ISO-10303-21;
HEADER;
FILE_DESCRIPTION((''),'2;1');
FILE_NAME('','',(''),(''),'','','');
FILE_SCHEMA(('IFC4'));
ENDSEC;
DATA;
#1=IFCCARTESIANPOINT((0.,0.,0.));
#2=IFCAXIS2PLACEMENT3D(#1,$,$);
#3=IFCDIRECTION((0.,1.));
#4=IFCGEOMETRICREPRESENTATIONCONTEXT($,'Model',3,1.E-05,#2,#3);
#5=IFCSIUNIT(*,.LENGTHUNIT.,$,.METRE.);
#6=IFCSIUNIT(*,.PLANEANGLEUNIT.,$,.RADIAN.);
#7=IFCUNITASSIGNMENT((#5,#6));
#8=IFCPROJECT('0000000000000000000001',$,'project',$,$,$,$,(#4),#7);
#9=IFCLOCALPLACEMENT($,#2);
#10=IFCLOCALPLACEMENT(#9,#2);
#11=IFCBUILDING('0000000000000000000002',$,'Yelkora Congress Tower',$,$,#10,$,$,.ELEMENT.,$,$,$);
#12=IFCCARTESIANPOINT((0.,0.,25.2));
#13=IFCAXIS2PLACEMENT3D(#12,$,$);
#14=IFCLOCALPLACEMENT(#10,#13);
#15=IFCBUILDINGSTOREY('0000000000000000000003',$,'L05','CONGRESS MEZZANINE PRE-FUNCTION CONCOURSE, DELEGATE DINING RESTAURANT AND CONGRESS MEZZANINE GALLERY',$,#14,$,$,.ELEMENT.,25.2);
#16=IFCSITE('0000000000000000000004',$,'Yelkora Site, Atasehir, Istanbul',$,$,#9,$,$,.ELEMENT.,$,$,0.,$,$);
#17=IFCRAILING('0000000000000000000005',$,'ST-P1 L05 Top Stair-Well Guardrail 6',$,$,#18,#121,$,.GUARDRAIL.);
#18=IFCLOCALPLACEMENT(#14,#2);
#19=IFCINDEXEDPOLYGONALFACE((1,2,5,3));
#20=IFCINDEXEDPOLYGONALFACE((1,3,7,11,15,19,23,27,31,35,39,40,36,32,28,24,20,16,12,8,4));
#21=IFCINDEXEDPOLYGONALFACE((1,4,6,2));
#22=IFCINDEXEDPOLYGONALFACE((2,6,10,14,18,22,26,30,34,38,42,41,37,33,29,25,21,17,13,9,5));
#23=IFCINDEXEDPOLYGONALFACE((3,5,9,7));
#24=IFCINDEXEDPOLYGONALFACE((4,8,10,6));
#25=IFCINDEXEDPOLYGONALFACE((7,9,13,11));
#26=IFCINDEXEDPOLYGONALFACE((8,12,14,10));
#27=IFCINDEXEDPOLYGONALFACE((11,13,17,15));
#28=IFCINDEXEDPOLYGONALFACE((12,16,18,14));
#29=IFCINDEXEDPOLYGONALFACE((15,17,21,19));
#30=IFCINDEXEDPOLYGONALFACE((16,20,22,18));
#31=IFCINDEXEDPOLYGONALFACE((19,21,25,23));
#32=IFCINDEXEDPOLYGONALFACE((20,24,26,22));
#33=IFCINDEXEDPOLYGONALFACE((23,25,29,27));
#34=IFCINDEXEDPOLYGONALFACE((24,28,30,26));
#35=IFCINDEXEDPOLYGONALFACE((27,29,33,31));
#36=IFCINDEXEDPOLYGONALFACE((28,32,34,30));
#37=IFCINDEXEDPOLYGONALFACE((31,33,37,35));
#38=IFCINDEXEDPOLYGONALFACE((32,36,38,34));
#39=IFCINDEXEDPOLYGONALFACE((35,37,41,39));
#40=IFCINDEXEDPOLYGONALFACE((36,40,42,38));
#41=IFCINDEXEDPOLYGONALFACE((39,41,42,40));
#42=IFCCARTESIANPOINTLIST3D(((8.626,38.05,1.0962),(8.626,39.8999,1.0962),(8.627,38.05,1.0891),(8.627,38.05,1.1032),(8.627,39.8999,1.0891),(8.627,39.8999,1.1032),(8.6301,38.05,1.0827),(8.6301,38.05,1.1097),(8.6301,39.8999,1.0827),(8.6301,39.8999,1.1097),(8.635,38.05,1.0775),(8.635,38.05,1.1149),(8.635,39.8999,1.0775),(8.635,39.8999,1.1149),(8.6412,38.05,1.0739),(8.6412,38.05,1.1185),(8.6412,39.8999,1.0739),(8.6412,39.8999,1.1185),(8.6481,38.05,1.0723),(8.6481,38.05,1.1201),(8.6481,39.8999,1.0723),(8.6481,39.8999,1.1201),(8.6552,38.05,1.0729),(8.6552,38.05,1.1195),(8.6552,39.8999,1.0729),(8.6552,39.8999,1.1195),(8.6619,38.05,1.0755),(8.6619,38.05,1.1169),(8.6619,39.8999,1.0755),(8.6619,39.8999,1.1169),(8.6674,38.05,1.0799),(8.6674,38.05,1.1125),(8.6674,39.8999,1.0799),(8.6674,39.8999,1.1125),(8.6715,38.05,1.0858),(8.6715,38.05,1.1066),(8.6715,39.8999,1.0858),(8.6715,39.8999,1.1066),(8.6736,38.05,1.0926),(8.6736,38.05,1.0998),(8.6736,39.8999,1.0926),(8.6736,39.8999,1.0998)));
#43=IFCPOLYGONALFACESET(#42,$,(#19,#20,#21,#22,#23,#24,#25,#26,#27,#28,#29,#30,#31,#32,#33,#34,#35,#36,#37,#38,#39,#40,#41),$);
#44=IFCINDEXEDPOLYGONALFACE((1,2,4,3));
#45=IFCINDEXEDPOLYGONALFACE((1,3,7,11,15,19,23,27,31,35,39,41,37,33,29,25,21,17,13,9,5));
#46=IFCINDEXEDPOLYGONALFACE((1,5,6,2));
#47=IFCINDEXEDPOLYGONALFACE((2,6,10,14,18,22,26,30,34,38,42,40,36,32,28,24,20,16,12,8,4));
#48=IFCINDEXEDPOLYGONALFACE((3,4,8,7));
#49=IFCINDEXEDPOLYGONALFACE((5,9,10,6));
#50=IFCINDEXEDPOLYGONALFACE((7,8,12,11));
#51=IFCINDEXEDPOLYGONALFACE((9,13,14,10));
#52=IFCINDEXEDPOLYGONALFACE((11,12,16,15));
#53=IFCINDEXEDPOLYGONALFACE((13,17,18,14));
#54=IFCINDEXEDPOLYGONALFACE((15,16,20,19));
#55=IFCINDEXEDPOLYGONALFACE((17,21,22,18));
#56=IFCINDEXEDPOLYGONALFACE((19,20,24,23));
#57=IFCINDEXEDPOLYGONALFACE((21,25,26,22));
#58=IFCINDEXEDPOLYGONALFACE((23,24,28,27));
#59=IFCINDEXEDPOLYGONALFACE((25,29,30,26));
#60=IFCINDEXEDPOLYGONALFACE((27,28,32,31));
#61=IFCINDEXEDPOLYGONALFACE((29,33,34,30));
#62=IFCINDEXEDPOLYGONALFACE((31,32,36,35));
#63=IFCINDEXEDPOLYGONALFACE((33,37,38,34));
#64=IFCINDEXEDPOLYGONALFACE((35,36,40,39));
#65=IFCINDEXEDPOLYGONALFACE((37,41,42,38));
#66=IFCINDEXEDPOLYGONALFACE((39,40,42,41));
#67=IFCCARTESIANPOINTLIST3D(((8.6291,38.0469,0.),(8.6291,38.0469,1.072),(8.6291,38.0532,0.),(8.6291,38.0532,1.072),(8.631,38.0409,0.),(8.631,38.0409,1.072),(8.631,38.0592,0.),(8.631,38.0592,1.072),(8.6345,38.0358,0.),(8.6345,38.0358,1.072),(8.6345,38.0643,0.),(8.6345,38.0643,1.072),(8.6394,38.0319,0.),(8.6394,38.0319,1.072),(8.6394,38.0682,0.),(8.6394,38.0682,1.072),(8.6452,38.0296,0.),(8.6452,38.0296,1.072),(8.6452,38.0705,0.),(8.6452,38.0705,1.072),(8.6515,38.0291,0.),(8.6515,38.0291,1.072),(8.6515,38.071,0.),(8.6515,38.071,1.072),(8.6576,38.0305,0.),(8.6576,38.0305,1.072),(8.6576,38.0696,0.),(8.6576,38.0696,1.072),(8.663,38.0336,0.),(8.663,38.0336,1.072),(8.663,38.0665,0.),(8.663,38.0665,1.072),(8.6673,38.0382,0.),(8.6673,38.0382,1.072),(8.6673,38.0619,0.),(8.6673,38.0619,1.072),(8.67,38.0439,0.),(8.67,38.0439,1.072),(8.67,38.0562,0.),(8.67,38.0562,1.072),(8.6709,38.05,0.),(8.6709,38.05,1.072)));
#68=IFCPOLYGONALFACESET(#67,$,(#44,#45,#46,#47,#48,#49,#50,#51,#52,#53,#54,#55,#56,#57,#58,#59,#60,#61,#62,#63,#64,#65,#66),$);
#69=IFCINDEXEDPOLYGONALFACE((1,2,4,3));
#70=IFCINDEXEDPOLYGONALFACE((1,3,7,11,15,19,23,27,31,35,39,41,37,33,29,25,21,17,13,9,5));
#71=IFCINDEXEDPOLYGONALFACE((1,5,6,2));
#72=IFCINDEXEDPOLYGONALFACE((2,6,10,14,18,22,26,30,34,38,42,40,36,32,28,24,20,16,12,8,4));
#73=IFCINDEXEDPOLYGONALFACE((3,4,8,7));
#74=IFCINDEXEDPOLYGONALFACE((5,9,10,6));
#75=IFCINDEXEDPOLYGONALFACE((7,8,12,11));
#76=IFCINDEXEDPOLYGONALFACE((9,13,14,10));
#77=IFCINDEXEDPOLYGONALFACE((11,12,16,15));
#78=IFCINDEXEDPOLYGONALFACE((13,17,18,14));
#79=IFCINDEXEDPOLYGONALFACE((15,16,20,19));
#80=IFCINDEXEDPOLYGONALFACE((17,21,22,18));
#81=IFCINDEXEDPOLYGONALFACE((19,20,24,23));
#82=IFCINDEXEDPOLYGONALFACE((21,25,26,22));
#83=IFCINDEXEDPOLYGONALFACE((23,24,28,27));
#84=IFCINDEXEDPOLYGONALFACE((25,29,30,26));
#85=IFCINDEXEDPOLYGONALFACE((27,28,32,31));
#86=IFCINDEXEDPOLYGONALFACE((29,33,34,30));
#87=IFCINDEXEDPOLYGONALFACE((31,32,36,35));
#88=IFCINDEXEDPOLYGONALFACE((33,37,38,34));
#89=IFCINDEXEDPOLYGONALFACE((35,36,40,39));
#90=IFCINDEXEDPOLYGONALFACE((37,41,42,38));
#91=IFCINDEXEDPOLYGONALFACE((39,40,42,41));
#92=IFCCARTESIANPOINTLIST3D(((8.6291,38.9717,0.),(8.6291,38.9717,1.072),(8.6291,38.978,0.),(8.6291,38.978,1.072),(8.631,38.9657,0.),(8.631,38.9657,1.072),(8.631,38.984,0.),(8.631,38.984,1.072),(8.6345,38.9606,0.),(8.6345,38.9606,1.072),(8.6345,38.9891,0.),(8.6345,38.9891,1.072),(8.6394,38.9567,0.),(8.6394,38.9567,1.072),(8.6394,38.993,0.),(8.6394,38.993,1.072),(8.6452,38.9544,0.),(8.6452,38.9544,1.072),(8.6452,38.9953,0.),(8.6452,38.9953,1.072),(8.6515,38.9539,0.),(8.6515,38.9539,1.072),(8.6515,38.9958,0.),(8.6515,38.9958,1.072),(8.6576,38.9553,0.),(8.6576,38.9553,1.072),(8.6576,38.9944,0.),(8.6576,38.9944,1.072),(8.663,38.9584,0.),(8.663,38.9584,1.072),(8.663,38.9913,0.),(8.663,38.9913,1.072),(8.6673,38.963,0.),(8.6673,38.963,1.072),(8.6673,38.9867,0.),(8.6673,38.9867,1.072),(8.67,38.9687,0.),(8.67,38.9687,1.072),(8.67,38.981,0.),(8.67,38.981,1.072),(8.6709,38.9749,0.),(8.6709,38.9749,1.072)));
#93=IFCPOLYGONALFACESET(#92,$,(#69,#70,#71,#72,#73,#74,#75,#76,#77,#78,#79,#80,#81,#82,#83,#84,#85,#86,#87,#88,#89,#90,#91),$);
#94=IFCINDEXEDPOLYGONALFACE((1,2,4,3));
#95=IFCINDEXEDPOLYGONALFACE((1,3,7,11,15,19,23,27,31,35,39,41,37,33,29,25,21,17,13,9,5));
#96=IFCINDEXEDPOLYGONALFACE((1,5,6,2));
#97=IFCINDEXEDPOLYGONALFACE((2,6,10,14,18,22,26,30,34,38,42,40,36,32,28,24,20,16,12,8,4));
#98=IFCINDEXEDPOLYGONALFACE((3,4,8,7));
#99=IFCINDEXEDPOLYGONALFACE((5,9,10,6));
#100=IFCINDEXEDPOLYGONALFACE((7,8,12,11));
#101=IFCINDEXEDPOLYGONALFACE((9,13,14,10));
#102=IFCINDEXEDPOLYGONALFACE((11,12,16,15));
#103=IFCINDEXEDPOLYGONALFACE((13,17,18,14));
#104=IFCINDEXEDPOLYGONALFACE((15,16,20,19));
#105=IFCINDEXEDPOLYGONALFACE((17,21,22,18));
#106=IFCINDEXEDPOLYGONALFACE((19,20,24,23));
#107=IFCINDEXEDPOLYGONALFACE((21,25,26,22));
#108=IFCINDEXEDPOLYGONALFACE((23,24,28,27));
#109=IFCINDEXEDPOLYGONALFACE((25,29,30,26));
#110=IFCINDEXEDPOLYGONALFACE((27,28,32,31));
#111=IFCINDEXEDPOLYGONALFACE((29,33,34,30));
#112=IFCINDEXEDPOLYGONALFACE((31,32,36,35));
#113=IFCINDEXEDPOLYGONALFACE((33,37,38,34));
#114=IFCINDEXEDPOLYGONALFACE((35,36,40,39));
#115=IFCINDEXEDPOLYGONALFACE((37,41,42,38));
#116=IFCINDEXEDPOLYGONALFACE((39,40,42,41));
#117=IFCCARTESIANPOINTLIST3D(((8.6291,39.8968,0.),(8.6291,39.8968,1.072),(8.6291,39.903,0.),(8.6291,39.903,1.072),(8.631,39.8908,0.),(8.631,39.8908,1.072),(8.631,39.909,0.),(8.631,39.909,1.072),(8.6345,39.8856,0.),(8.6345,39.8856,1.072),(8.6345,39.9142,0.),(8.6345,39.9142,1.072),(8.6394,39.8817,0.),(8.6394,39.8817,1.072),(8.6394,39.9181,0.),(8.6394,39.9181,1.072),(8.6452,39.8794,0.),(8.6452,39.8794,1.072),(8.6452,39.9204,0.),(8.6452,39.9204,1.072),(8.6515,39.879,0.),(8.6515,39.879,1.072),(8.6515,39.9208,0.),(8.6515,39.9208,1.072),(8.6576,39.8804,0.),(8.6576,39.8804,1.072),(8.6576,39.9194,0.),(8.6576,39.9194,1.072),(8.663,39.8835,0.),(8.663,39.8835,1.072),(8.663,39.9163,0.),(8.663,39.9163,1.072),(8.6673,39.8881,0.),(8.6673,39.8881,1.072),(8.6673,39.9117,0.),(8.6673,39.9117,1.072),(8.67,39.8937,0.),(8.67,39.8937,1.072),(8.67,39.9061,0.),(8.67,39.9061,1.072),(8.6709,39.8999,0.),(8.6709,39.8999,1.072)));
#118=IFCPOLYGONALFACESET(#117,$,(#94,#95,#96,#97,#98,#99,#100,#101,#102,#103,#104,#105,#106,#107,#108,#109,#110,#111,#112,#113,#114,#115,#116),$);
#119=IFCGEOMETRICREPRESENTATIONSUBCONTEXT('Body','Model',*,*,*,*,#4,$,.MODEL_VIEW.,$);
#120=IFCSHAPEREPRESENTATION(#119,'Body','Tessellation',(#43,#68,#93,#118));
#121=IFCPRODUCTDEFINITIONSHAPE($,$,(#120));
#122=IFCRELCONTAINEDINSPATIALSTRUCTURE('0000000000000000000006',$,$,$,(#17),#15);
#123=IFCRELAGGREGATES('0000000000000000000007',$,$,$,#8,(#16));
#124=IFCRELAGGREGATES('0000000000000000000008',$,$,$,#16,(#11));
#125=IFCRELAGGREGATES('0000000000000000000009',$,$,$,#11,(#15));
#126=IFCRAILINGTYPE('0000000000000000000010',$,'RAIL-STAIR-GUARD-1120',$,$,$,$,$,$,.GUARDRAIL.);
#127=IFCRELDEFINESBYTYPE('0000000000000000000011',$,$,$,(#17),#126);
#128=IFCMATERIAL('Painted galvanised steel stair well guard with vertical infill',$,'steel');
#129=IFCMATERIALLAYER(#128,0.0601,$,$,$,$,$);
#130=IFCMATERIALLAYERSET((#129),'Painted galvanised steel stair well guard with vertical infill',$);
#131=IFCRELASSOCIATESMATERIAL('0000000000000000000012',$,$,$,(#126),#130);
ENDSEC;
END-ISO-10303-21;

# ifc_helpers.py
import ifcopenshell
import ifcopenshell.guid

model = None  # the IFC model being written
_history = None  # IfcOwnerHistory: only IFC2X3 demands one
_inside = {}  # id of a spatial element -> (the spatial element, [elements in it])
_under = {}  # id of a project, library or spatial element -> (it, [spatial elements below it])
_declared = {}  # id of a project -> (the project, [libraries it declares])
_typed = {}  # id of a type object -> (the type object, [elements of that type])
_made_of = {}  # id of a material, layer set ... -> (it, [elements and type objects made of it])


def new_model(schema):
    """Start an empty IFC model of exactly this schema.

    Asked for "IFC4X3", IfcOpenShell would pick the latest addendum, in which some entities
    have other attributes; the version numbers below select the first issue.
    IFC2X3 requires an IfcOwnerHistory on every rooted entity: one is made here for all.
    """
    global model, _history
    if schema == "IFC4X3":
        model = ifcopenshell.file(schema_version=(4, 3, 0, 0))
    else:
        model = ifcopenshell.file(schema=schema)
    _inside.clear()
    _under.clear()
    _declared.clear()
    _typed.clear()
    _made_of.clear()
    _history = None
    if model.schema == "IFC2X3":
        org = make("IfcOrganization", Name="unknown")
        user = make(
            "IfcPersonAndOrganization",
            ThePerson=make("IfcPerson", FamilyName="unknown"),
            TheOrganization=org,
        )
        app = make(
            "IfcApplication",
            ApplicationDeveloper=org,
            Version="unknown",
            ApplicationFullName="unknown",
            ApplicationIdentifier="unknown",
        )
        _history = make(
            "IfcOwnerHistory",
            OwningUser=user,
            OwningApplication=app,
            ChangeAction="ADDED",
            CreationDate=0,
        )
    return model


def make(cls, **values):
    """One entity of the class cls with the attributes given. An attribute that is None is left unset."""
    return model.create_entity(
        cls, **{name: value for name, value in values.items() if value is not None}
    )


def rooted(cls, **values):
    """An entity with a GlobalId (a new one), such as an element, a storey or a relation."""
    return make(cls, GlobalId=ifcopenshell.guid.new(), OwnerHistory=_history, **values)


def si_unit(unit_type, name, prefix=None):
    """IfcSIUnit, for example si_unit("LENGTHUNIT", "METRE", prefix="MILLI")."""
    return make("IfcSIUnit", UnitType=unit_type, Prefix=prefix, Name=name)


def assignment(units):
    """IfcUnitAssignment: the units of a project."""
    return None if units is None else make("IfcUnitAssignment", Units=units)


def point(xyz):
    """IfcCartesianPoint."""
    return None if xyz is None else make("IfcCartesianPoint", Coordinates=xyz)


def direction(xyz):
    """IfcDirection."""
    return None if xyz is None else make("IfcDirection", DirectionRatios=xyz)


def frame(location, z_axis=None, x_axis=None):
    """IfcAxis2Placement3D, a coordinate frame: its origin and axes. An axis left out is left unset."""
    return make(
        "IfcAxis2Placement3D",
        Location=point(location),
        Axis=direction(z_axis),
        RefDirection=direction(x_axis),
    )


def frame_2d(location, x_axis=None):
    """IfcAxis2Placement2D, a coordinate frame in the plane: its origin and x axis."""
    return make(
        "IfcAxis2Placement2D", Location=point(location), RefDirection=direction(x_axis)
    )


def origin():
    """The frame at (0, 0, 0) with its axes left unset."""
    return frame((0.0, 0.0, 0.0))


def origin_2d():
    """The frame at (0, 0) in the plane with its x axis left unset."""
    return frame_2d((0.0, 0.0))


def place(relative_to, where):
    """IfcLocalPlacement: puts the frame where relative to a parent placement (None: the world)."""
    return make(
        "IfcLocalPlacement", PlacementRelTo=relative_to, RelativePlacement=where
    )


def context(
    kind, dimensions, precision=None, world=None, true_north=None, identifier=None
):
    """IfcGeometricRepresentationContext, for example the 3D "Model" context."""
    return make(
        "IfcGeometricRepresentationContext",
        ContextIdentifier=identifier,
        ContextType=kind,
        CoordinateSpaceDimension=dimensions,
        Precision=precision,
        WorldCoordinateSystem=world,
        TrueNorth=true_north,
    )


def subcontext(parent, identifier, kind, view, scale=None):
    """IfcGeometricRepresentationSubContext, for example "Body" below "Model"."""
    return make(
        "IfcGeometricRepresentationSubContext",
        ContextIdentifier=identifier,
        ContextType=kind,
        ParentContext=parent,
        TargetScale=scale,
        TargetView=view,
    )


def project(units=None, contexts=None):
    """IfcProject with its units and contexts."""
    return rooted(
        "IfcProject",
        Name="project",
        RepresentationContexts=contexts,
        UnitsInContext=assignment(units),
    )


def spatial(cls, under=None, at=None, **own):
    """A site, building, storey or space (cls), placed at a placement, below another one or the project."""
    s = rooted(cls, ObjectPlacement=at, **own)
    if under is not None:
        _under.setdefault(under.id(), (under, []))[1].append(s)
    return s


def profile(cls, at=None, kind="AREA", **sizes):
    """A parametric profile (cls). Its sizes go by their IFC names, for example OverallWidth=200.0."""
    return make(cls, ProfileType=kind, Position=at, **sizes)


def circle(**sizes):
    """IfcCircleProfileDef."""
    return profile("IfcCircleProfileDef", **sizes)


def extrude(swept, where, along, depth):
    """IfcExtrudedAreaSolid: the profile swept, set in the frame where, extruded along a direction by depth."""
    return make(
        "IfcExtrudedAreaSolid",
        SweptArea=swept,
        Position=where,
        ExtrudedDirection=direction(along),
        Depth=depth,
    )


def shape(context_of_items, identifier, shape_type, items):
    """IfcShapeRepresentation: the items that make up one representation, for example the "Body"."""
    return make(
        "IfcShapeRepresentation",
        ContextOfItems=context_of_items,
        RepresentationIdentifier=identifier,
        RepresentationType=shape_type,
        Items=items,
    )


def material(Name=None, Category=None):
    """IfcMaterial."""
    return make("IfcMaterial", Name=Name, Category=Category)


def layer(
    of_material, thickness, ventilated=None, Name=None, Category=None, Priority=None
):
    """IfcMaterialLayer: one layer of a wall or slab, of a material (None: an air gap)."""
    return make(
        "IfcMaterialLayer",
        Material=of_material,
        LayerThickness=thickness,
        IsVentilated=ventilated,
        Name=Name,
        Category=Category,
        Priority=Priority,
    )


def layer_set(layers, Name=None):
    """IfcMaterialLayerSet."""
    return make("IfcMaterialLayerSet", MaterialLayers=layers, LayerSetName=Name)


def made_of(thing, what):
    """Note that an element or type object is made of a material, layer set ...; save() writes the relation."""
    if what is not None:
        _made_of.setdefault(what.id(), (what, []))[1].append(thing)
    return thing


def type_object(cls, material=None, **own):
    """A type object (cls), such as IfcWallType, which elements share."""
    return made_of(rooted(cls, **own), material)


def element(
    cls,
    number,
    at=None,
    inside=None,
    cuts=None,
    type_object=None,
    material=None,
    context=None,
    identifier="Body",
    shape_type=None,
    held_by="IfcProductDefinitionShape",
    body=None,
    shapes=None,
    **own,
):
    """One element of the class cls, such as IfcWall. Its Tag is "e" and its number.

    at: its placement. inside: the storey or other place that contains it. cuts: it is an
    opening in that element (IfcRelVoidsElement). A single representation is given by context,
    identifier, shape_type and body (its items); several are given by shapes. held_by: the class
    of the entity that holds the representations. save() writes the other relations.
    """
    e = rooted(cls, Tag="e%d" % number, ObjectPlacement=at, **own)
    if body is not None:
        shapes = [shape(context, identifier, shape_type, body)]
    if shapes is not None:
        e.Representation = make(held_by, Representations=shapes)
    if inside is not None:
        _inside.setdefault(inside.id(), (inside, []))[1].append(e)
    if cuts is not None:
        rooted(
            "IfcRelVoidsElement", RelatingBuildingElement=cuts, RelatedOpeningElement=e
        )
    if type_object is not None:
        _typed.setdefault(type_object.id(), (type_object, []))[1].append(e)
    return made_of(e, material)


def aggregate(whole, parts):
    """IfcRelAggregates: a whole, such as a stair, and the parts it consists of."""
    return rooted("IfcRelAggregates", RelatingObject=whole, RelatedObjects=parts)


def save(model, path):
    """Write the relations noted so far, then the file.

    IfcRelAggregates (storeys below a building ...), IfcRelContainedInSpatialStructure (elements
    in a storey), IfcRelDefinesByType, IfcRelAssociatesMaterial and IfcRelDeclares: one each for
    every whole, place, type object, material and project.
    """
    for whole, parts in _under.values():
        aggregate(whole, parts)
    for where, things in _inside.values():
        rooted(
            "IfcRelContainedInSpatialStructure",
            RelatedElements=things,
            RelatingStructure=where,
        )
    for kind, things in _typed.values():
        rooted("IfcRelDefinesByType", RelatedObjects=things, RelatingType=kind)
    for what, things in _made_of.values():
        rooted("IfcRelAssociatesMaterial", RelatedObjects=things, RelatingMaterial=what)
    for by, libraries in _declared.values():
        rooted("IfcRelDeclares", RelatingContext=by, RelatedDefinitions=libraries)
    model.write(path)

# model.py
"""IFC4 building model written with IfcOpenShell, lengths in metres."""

from ifc_helpers import new_model, si_unit, direction, frame, origin, origin_2d, place, context, subcontext, project, spatial, circle, extrude, material, layer, layer_set, type_object, element, save


model = new_model("IFC4")

# Units and contexts
model_context = context("Model", 3, precision=1e-05, world=origin(), true_north=direction((0.0, 1.0)))
body_context = subcontext(model_context, "Body", "Model", "MODEL_VIEW")
ifc_project = project(units=[si_unit("LENGTHUNIT", "METRE"), si_unit("PLANEANGLEUNIT", "RADIAN")], contexts=[model_context])

# Site, building, storey
site_placement = place(None, origin())
site = spatial("IfcSite", under=ifc_project, at=site_placement, Name="Yelkora Site, Atasehir, Istanbul", CompositionType="ELEMENT", RefElevation=0.0)
building_placement = place(site_placement, origin())
building = spatial("IfcBuilding", under=site, at=building_placement, Name="Yelkora Congress Tower", CompositionType="ELEMENT")
storey_placement = place(building_placement, frame((0.0, 0.0, 25.2)))
storey = spatial("IfcBuildingStorey", under=building, at=storey_placement, Name="L05", Description="CONGRESS MEZZANINE PRE-FUNCTION CONCOURSE, DELEGATE DINING RESTAURANT AND CONGRESS MEZZANINE GALLERY", CompositionType="ELEMENT", Elevation=25.2)

# Railing
ifc_material_1 = material(Name="Painted galvanised steel stair well guard with vertical infill", Category="steel")
ifc_layer_1 = layer(ifc_material_1, 0.0601)
ifc_layer_set_1 = layer_set([ifc_layer_1], Name="Painted galvanised steel stair well guard with vertical infill")
railing_type = type_object("IfcRailingType", Name="RAIL-STAIR-GUARD-1120", PredefinedType="GUARDRAIL", material=ifc_layer_set_1)
for number, where, name in (
    (1, (8.6499, 38.05, 0.0), "ST-P1 L05 Top Stair-Well Guardrail 6"),
):
    element("IfcRailing", number, at=place(storey_placement, frame(where)), inside=storey, type_object=railing_type, Name=name, PredefinedType="GUARDRAIL", context=body_context, shape_type="SweptSolid", body=[
        extrude(circle(Radius=0.0239, at=origin_2d()), frame((0.0, 0.0, 1.0962), z_axis=(0.0, 1.0, 0.0), x_axis=(-1.0, 0.0, 0.0)), (0.0, 0.0, 1.0), 1.8499),
        extrude(circle(Radius=0.021, at=origin_2d()), origin(), (0.0, 0.0, 1.0), 1.072),
        extrude(circle(Radius=0.021, at=origin_2d()), frame((0.0, 0.9248, 0.0)), (0.0, 0.0, 1.0), 1.072),
        extrude(circle(Radius=0.021, at=origin_2d()), frame((0.0, 1.8499, 0.0)), (0.0, 0.0, 1.0), 1.072),
    ])

save(model, "model.ifc")
